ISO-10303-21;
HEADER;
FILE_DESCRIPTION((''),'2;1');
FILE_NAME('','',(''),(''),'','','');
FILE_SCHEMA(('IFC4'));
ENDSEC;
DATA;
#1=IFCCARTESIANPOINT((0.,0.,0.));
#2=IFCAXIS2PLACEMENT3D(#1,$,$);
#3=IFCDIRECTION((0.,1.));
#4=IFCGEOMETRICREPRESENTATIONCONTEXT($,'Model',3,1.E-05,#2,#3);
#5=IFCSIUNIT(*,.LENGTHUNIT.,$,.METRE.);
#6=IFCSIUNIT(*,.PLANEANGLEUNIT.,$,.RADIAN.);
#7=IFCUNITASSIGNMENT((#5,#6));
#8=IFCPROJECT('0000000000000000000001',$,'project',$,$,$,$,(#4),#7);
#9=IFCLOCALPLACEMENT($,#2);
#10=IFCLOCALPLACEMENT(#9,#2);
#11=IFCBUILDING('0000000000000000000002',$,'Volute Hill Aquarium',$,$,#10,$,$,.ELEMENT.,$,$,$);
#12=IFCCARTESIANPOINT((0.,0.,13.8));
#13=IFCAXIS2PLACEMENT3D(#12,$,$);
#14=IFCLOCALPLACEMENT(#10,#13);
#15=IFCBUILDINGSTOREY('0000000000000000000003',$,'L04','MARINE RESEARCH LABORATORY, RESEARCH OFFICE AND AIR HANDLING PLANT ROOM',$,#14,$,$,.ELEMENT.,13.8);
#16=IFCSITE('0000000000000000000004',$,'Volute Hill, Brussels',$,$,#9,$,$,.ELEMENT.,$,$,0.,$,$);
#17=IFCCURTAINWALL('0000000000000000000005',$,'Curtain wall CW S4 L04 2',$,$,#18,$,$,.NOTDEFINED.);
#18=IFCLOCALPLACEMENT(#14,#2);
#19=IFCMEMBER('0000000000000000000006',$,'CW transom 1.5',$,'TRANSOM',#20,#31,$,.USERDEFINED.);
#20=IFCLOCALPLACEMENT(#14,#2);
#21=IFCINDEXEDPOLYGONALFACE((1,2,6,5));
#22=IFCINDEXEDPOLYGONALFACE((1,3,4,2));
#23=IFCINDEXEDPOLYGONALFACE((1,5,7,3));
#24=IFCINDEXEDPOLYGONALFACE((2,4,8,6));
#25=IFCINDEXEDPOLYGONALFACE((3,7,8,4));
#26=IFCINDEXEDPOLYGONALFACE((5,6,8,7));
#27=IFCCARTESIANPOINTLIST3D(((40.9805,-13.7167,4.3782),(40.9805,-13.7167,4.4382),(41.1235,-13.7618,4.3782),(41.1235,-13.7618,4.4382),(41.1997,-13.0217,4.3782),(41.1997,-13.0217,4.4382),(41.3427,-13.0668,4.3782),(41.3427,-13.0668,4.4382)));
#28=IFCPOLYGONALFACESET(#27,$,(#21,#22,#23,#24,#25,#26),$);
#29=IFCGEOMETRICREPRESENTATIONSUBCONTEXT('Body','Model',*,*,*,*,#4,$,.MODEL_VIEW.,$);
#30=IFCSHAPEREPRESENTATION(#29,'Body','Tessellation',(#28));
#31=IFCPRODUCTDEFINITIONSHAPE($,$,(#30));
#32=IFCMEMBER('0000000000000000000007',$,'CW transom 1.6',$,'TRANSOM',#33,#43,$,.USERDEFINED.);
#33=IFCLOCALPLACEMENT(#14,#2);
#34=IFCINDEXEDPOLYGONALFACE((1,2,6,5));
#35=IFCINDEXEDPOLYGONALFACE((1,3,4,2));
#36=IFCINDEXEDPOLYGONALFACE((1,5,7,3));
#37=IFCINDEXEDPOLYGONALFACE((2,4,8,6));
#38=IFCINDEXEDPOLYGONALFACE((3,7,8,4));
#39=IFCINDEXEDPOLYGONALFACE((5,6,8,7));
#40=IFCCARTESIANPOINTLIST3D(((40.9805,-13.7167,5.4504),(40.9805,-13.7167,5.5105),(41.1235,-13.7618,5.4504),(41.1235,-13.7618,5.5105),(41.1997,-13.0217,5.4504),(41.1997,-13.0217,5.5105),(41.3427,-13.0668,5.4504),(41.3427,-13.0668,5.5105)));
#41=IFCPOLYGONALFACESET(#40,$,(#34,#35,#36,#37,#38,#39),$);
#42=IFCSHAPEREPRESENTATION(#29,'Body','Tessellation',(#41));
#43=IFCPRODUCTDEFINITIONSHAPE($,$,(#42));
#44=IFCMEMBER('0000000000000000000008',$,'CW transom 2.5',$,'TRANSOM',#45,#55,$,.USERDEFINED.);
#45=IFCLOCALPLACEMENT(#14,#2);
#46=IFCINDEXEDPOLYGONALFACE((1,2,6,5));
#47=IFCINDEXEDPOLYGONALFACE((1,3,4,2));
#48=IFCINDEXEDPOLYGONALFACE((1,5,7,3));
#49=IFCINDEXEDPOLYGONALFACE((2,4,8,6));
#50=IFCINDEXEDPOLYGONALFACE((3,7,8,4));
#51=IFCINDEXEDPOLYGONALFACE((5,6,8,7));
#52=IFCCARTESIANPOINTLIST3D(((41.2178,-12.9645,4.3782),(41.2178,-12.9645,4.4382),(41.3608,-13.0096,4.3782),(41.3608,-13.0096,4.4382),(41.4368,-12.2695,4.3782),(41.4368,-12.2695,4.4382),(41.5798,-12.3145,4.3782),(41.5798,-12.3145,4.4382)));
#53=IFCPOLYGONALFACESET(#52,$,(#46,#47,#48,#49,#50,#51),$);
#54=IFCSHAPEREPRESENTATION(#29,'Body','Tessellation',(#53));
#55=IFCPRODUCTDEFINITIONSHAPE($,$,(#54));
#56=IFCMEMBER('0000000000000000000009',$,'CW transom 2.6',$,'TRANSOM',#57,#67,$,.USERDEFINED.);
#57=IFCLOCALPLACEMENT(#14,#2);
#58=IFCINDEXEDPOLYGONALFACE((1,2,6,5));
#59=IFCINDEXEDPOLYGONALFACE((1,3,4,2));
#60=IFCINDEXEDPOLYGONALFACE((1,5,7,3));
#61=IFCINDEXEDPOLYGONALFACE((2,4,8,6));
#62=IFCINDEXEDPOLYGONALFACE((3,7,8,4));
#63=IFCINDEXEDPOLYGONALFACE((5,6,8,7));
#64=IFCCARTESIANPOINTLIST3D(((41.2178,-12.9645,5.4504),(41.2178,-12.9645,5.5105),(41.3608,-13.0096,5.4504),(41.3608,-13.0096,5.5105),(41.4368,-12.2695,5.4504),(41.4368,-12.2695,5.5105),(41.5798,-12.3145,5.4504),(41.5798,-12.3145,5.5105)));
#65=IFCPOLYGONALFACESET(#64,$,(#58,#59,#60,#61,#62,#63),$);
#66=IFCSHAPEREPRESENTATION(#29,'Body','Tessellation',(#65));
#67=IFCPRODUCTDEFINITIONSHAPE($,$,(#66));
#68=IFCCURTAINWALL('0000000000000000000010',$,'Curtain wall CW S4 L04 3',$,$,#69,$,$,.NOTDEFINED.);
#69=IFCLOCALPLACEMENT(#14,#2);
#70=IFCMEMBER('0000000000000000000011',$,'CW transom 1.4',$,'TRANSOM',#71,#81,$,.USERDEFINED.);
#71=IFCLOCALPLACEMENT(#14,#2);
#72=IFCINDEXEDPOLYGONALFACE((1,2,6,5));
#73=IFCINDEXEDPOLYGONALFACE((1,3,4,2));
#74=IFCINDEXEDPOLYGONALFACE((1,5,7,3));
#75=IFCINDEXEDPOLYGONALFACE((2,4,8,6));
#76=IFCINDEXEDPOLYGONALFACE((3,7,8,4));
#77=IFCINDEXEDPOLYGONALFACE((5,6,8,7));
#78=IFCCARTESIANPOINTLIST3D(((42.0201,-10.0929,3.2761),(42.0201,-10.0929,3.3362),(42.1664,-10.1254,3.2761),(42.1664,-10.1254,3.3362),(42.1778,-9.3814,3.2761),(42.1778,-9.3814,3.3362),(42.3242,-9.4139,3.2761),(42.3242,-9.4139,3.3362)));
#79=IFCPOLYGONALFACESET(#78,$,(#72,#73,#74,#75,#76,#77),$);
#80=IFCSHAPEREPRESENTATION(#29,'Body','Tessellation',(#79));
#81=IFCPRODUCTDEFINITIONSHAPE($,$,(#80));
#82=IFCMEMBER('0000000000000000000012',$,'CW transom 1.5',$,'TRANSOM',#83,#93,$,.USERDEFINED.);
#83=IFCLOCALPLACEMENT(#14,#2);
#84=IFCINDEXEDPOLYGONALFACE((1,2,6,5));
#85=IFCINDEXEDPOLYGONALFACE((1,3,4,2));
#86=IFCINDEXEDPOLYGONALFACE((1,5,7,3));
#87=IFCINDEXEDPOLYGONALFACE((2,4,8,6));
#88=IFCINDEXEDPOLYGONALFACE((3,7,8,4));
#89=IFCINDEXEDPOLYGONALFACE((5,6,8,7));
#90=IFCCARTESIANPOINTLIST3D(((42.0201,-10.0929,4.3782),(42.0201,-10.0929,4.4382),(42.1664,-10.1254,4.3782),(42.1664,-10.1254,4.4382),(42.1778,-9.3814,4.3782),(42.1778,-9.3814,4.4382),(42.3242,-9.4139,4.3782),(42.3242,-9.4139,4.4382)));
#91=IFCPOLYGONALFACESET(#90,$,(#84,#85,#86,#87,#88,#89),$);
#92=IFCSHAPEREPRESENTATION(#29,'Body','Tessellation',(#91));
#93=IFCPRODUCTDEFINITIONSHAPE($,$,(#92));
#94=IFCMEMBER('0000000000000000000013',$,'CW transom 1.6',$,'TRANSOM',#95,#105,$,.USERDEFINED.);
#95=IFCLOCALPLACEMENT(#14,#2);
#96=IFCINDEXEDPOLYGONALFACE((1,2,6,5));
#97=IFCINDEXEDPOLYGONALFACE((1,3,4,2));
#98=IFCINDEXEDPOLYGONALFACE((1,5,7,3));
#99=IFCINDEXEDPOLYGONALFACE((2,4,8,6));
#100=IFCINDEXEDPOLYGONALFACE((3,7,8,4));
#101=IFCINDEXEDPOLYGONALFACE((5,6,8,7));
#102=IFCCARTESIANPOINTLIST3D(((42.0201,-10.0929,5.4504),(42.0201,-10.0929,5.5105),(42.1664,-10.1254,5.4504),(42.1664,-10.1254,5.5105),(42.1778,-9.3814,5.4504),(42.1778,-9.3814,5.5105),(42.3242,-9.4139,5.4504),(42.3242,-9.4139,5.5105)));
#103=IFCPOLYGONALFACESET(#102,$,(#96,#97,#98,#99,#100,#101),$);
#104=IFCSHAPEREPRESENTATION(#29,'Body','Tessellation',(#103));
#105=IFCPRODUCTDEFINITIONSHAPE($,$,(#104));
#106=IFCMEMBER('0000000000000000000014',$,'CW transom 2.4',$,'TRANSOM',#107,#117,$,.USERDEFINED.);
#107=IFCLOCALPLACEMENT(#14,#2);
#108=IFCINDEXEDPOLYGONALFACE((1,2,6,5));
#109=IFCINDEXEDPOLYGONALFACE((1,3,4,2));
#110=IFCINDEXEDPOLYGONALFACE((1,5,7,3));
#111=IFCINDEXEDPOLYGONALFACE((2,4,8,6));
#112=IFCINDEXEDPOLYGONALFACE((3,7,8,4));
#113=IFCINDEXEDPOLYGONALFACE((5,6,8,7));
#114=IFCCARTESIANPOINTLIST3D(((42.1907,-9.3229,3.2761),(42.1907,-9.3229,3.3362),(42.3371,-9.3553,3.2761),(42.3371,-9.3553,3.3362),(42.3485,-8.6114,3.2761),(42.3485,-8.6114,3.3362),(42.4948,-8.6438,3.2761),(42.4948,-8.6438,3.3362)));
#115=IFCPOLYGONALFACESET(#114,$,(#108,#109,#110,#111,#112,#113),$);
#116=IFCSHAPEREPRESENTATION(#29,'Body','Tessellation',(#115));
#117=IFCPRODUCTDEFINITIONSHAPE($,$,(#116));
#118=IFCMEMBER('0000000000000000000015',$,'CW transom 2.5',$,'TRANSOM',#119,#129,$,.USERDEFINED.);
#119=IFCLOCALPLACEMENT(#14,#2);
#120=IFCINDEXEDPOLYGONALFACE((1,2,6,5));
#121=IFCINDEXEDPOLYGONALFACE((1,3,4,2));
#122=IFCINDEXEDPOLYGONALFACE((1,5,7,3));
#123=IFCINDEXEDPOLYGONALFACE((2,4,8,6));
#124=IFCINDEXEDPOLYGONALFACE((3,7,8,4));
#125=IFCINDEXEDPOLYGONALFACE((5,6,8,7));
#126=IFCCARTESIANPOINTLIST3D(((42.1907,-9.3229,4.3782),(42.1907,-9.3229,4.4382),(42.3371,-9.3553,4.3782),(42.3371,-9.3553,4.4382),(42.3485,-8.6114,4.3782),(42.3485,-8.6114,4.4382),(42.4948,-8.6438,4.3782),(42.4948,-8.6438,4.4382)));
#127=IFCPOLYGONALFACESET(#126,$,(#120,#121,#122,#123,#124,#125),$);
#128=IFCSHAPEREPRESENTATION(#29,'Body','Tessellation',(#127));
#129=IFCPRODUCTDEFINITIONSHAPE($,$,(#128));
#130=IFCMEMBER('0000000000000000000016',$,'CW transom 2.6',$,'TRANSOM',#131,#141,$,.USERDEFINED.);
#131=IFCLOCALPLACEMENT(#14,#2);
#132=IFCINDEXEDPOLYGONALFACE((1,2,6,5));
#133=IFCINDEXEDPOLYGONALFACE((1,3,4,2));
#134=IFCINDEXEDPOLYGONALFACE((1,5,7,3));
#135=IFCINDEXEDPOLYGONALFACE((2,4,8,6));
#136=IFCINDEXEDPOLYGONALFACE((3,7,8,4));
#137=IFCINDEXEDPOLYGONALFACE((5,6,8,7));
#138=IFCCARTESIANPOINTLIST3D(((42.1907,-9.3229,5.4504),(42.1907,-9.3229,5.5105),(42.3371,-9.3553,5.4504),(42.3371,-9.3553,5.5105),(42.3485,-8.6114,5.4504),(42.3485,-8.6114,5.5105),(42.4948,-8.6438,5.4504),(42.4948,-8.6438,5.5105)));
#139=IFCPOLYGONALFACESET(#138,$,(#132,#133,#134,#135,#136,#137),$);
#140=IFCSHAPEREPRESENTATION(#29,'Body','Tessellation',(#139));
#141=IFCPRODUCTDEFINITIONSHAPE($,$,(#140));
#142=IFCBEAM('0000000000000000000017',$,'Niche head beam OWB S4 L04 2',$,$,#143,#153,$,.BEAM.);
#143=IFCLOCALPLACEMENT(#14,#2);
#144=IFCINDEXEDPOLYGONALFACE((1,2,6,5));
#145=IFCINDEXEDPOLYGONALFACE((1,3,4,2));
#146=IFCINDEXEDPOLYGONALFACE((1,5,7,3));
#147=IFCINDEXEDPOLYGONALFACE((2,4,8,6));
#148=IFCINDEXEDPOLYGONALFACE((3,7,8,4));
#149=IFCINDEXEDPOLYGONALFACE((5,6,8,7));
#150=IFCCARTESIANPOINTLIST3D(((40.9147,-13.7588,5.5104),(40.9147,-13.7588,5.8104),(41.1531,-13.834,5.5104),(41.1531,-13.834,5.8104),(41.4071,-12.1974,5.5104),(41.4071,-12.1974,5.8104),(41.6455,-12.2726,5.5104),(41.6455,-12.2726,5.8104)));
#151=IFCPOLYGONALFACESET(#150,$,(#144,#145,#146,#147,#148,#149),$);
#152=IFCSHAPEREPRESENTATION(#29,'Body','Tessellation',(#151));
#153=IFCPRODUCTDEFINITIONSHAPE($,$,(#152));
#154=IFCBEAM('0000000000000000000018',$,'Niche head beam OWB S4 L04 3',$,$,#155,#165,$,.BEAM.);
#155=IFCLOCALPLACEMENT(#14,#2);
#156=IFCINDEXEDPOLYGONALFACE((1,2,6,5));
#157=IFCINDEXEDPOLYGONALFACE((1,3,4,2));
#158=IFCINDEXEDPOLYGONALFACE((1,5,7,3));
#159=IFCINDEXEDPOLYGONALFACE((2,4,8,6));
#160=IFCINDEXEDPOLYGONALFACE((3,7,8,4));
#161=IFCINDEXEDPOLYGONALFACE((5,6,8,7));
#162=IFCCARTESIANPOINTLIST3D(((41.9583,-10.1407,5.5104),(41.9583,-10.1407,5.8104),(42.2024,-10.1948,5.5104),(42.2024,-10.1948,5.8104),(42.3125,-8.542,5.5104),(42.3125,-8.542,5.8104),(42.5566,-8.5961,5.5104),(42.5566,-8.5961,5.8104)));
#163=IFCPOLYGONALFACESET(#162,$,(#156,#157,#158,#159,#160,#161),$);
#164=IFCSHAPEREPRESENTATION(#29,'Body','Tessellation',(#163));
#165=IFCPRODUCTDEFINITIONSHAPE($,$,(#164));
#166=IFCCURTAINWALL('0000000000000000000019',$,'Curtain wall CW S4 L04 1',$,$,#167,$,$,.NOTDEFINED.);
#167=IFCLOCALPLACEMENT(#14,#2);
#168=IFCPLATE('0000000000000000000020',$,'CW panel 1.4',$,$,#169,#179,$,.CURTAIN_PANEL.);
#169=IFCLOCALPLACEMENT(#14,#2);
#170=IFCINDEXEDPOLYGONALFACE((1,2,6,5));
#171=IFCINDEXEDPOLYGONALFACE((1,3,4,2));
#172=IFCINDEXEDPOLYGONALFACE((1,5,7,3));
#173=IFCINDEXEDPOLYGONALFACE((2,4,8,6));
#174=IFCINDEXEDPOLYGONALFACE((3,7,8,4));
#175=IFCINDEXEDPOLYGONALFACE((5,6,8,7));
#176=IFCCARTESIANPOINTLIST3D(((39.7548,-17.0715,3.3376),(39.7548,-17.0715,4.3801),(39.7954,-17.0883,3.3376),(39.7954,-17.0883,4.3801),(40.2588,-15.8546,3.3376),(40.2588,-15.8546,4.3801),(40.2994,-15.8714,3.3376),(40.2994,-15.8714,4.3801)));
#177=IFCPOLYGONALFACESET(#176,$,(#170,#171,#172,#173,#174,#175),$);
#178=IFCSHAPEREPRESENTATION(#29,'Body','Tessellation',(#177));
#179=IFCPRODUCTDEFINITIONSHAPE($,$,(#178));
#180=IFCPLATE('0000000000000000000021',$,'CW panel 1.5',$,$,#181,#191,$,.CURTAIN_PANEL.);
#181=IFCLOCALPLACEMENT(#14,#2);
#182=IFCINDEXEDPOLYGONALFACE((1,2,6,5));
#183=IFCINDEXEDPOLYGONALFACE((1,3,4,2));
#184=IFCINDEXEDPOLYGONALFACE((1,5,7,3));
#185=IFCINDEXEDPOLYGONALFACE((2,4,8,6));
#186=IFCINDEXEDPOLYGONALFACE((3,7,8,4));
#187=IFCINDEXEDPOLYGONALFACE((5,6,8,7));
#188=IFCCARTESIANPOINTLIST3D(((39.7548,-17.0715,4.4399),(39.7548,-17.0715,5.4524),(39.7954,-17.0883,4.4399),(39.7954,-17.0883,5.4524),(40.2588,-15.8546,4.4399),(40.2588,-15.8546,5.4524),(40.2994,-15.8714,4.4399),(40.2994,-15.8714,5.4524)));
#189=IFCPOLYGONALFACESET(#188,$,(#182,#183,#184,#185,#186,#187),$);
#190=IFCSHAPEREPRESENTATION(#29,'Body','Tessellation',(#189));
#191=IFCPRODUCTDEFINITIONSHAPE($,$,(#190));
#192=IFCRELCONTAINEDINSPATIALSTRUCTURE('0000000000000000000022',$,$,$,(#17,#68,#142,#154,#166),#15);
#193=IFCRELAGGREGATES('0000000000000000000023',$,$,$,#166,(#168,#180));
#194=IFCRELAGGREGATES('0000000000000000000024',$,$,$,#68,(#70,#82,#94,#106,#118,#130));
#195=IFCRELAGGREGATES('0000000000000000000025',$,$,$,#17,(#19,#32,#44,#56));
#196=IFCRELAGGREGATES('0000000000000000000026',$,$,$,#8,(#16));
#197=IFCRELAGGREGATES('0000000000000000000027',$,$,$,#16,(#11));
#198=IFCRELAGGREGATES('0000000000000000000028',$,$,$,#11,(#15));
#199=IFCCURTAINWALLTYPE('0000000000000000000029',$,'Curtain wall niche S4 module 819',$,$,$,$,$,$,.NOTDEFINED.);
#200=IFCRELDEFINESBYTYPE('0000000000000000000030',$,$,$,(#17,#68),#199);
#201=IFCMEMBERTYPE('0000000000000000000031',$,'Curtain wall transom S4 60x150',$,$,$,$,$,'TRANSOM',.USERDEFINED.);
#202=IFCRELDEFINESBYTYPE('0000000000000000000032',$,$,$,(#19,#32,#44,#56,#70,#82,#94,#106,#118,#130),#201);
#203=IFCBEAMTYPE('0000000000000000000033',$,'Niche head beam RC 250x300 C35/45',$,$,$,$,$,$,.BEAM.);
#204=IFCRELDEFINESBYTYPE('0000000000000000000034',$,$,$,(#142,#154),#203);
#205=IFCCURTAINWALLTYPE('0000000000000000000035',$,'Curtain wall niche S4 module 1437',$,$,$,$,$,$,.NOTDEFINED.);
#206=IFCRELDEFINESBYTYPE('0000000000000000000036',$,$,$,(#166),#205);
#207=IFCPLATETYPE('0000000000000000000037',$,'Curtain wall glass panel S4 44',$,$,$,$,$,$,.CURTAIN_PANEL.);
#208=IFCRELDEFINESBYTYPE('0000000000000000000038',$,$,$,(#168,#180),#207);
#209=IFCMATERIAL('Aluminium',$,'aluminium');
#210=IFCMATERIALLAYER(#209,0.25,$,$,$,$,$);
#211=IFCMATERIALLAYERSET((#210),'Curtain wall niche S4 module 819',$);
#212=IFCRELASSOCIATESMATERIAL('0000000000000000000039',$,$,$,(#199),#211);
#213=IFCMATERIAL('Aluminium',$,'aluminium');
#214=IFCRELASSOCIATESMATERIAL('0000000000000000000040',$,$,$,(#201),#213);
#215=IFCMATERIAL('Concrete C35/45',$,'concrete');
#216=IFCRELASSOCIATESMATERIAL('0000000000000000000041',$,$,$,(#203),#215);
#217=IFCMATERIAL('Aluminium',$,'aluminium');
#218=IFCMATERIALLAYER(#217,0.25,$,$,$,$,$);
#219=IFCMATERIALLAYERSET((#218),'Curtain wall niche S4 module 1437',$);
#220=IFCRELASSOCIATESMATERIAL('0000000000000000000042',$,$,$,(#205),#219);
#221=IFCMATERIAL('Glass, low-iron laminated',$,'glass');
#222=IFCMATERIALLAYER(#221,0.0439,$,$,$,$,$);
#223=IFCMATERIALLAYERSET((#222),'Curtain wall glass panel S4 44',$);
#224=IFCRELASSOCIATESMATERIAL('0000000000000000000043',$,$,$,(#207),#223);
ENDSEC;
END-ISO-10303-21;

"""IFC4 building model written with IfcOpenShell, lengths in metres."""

from ifc_helpers import new_model, si_unit, direction, frame, origin, origin_2d, place, context, subcontext, project, spatial, rectangle, extrude, material, layer, layer_set, material_profile, profile_set, type_object, element, aggregate, save


model = new_model("IFC4")

# Units and contexts
model_context = context("Model", 3, precision=1e-05, world=origin(), true_north=direction((0.0, 1.0)))
body_context = subcontext(model_context, "Body", "Model", "MODEL_VIEW")
ifc_project = project(units=[si_unit("LENGTHUNIT", "METRE"), si_unit("PLANEANGLEUNIT", "RADIAN")], contexts=[model_context])

# Site, building, storey
site_placement = place(None, origin())
site = spatial("IfcSite", under=ifc_project, at=site_placement, Name="Volute Hill, Brussels", CompositionType="ELEMENT", RefElevation=0.0)
building_placement = place(site_placement, origin())
building = spatial("IfcBuilding", under=site, at=building_placement, Name="Volute Hill Aquarium", CompositionType="ELEMENT")
storey_placement = place(building_placement, frame((0.0, 0.0, 13.8)))
storey = spatial("IfcBuildingStorey", under=building, at=storey_placement, Name="L04", Description="MARINE RESEARCH LABORATORY, RESEARCH OFFICE AND AIR HANDLING PLANT ROOM", CompositionType="ELEMENT", Elevation=13.8)

# Curtain walls, members
ifc_material_1 = material(Name="Aluminium", Category="aluminium")
ifc_layer_1 = layer(ifc_material_1, 0.25)
ifc_layer_set_1 = layer_set([ifc_layer_1], Name="Curtain wall niche S4 module 819")
curtain_wall_type_1 = type_object("IfcCurtainWallType", Name="Curtain wall niche S4 module 819", PredefinedType="NOTDEFINED", material=ifc_layer_set_1)
curtain_wall_1_placement = place(storey_placement, origin())
curtain_wall_1 = element("IfcCurtainWall", 1, at=curtain_wall_1_placement, inside=storey, type_object=curtain_wall_type_1, Name="Curtain wall CW S4 L04 2", PredefinedType="NOTDEFINED")
ifc_material_2 = material(Name="Aluminium", Category="aluminium")
ifc_material_profile_1 = material_profile(ifc_material_2, rectangle(XDim=0.1499, YDim=0.0601, at=origin_2d()), Name="Curtain wall transom S4 60x150")
ifc_profile_set_1 = profile_set([ifc_material_profile_1], Name="Aluminium")
member_type = type_object("IfcMemberType", Name="Curtain wall transom S4 60x150", ElementType="TRANSOM", PredefinedType="USERDEFINED", material=ifc_profile_set_1)
member_1_placement = place(storey_placement, frame((41.052, -13.7393, 4.4082), z_axis=(0.300811, 0.953684, 0.0), x_axis=(-0.953684, 0.300811, 0.0)))
member_1 = element("IfcMember", 2, at=member_1_placement, type_object=member_type, Name="CW transom 1.5", ObjectType="TRANSOM", PredefinedType="USERDEFINED", context=body_context, shape_type="SweptSolid", body=[
    extrude(rectangle(XDim=0.1499, YDim=0.0601, at=origin_2d()), origin(), (0.0, 0.0, 1.0), 0.7288),
])
member_2_placement = place(storey_placement, frame((41.052, -13.7393, 5.4805), z_axis=(0.300811, 0.953684, 0.0), x_axis=(-0.953684, 0.300811, 0.0)))
member_2 = element("IfcMember", 3, at=member_2_placement, type_object=member_type, Name="CW transom 1.6", ObjectType="TRANSOM", PredefinedType="USERDEFINED", context=body_context, shape_type="SweptSolid", body=[
    extrude(rectangle(XDim=0.1499, YDim=0.0601, at=origin_2d()), origin(), (0.0, 0.0, 1.0), 0.7288),
])
member_3_placement = place(storey_placement, frame((41.2893, -12.9871, 4.4082), z_axis=(0.300506, 0.95378, 0.0), x_axis=(-0.95378, 0.300506, 0.0)))
member_3 = element("IfcMember", 4, at=member_3_placement, type_object=member_type, Name="CW transom 2.5", ObjectType="TRANSOM", PredefinedType="USERDEFINED", context=body_context, shape_type="SweptSolid", body=[
    extrude(rectangle(XDim=0.1499, YDim=0.0601, at=origin_2d()), origin(), (0.0, 0.0, 1.0), 0.7288),
])
member_4_placement = place(storey_placement, frame((41.2893, -12.9871, 5.4805), z_axis=(0.300506, 0.95378, 0.0), x_axis=(-0.95378, 0.300506, 0.0)))
member_4 = element("IfcMember", 5, at=member_4_placement, type_object=member_type, Name="CW transom 2.6", ObjectType="TRANSOM", PredefinedType="USERDEFINED", context=body_context, shape_type="SweptSolid", body=[
    extrude(rectangle(XDim=0.1499, YDim=0.0601, at=origin_2d()), origin(), (0.0, 0.0, 1.0), 0.7288),
])
curtain_wall_2_placement = place(storey_placement, origin())
curtain_wall_2 = element("IfcCurtainWall", 6, at=curtain_wall_2_placement, inside=storey, type_object=curtain_wall_type_1, Name="Curtain wall CW S4 L04 3", PredefinedType="NOTDEFINED")
member_5_placement = place(storey_placement, frame((42.0933, -10.1091, 3.3062), z_axis=(0.216434, 0.976297, 0.0), x_axis=(-0.976297, 0.216434, 0.0)))
member_5 = element("IfcMember", 7, at=member_5_placement, type_object=member_type, Name="CW transom 1.4", ObjectType="TRANSOM", PredefinedType="USERDEFINED", context=body_context, shape_type="SweptSolid", body=[
    extrude(rectangle(XDim=0.1499, YDim=0.0601, at=origin_2d()), origin(), (0.0, 0.0, 1.0), 0.7288),
])
member_6_placement = place(storey_placement, frame((42.0933, -10.1091, 4.4082), z_axis=(0.216434, 0.976297, 0.0), x_axis=(-0.976297, 0.216434, 0.0)))
member_6 = element("IfcMember", 8, at=member_6_placement, type_object=member_type, Name="CW transom 1.5", ObjectType="TRANSOM", PredefinedType="USERDEFINED", context=body_context, shape_type="SweptSolid", body=[
    extrude(rectangle(XDim=0.1499, YDim=0.0601, at=origin_2d()), origin(), (0.0, 0.0, 1.0), 0.7288),
])
member_7_placement = place(storey_placement, frame((42.0933, -10.1091, 5.4805), z_axis=(0.216434, 0.976297, 0.0), x_axis=(-0.976297, 0.216434, 0.0)))
member_7 = element("IfcMember", 9, at=member_7_placement, type_object=member_type, Name="CW transom 1.6", ObjectType="TRANSOM", PredefinedType="USERDEFINED", context=body_context, shape_type="SweptSolid", body=[
    extrude(rectangle(XDim=0.1499, YDim=0.0601, at=origin_2d()), origin(), (0.0, 0.0, 1.0), 0.7288),
])
member_8_placement = place(storey_placement, frame((42.2639, -9.3391, 3.3062), z_axis=(0.216434, 0.976297, 0.0), x_axis=(-0.976297, 0.216434, 0.0)))
member_8 = element("IfcMember", 10, at=member_8_placement, type_object=member_type, Name="CW transom 2.4", ObjectType="TRANSOM", PredefinedType="USERDEFINED", context=body_context, shape_type="SweptSolid", body=[
    extrude(rectangle(XDim=0.1499, YDim=0.0601, at=origin_2d()), origin(), (0.0, 0.0, 1.0), 0.7288),
])
member_9_placement = place(storey_placement, frame((42.2639, -9.3391, 4.4082), z_axis=(0.216434, 0.976297, 0.0), x_axis=(-0.976297, 0.216434, 0.0)))
member_9 = element("IfcMember", 11, at=member_9_placement, type_object=member_type, Name="CW transom 2.5", ObjectType="TRANSOM", PredefinedType="USERDEFINED", context=body_context, shape_type="SweptSolid", body=[
    extrude(rectangle(XDim=0.1499, YDim=0.0601, at=origin_2d()), origin(), (0.0, 0.0, 1.0), 0.7288),
])
member_10_placement = place(storey_placement, frame((42.2639, -9.3391, 5.4805), z_axis=(0.216434, 0.976297, 0.0), x_axis=(-0.976297, 0.216434, 0.0)))
member_10 = element("IfcMember", 12, at=member_10_placement, type_object=member_type, Name="CW transom 2.6", ObjectType="TRANSOM", PredefinedType="USERDEFINED", context=body_context, shape_type="SweptSolid", body=[
    extrude(rectangle(XDim=0.1499, YDim=0.0601, at=origin_2d()), origin(), (0.0, 0.0, 1.0), 0.7288),
])

# Beams
ifc_material_3 = material(Name="Concrete C35/45", Category="concrete")
ifc_material_profile_2 = material_profile(ifc_material_3, rectangle(XDim=0.25, YDim=0.3, at=origin_2d()), Name="RC beam 250x300")
ifc_profile_set_2 = profile_set([ifc_material_profile_2], Name="Concrete C35/45")
beam_type = type_object("IfcBeamType", Name="Niche head beam RC 250x300 C35/45", PredefinedType="BEAM", material=ifc_profile_set_2)
beam_1_placement = place(storey_placement, frame((41.0339, -13.7964, 5.6604), z_axis=(0.300753, 0.953702, 0.0), x_axis=(-0.953702, 0.300753, 0.0)))
element("IfcBeam", 13, at=beam_1_placement, inside=storey, type_object=beam_type, Name="Niche head beam OWB S4 L04 2", PredefinedType="BEAM", context=body_context, shape_type="SweptSolid", body=[
    extrude(rectangle(XDim=0.25, YDim=0.3, at=origin_2d()), origin(), (0.0, 0.0, 1.0), 1.6372),
])
beam_2_placement = place(storey_placement, frame((42.0803, -10.1677, 5.6604), z_axis=(0.216346, 0.976317, 0.0), x_axis=(-0.976317, 0.216346, 0.0)))
element("IfcBeam", 14, at=beam_2_placement, inside=storey, type_object=beam_type, Name="Niche head beam OWB S4 L04 3", PredefinedType="BEAM", context=body_context, shape_type="SweptSolid", body=[
    extrude(rectangle(XDim=0.25, YDim=0.3, at=origin_2d()), origin(), (0.0, 0.0, 1.0), 1.6375),
])

# Curtain wall, plates
ifc_material_4 = material(Name="Aluminium", Category="aluminium")
ifc_layer_2 = layer(ifc_material_4, 0.25)
ifc_layer_set_2 = layer_set([ifc_layer_2], Name="Curtain wall niche S4 module 1437")
curtain_wall_type_2 = type_object("IfcCurtainWallType", Name="Curtain wall niche S4 module 1437", PredefinedType="NOTDEFINED", material=ifc_layer_set_2)
curtain_wall_3_placement = place(storey_placement, origin())
curtain_wall_3 = element("IfcCurtainWall", 15, at=curtain_wall_3_placement, inside=storey, type_object=curtain_wall_type_2, Name="Curtain wall CW S4 L04 1", PredefinedType="NOTDEFINED")
ifc_material_5 = material(Name="Glass, low-iron laminated", Category="glass")
ifc_layer_3 = layer(ifc_material_5, 0.0439)
ifc_layer_set_3 = layer_set([ifc_layer_3], Name="Curtain wall glass panel S4 44")
plate_type_1 = type_object("IfcPlateType", Name="Curtain wall glass panel S4 44", PredefinedType="CURTAIN_PANEL", material=ifc_layer_set_3)
plate_1_placement = place(storey_placement, frame((40.0271, -16.4714, 3.3376), z_axis=(0.0, 0.0, 1.0), x_axis=(0.382697, 0.923874, 0.0)))
plate_1 = element("IfcPlate", 16, at=plate_1_placement, type_object=plate_type_1, Name="CW panel 1.4", PredefinedType="CURTAIN_PANEL", context=body_context, shape_type="SweptSolid", body=[
    extrude(rectangle(XDim=1.3171, YDim=0.0439, at=origin_2d()), origin(), (0.0, 0.0, 1.0), 1.0425),
])
plate_2_placement = place(storey_placement, frame((40.0271, -16.4714, 4.4399), z_axis=(0.0, 0.0, 1.0), x_axis=(0.382697, 0.923874, 0.0)))
plate_2 = element("IfcPlate", 17, at=plate_2_placement, type_object=plate_type_1, Name="CW panel 1.5", PredefinedType="CURTAIN_PANEL", context=body_context, shape_type="SweptSolid", body=[
    extrude(rectangle(XDim=1.3171, YDim=0.0439, at=origin_2d()), origin(), (0.0, 0.0, 1.0), 1.0125),
])
aggregate(curtain_wall_3, [plate_1, plate_2])

aggregate(curtain_wall_2, [member_5, member_6, member_7, member_8, member_9, member_10])
aggregate(curtain_wall_1, [member_1, member_2, member_3, member_4])

save(model, "model.ifc")
